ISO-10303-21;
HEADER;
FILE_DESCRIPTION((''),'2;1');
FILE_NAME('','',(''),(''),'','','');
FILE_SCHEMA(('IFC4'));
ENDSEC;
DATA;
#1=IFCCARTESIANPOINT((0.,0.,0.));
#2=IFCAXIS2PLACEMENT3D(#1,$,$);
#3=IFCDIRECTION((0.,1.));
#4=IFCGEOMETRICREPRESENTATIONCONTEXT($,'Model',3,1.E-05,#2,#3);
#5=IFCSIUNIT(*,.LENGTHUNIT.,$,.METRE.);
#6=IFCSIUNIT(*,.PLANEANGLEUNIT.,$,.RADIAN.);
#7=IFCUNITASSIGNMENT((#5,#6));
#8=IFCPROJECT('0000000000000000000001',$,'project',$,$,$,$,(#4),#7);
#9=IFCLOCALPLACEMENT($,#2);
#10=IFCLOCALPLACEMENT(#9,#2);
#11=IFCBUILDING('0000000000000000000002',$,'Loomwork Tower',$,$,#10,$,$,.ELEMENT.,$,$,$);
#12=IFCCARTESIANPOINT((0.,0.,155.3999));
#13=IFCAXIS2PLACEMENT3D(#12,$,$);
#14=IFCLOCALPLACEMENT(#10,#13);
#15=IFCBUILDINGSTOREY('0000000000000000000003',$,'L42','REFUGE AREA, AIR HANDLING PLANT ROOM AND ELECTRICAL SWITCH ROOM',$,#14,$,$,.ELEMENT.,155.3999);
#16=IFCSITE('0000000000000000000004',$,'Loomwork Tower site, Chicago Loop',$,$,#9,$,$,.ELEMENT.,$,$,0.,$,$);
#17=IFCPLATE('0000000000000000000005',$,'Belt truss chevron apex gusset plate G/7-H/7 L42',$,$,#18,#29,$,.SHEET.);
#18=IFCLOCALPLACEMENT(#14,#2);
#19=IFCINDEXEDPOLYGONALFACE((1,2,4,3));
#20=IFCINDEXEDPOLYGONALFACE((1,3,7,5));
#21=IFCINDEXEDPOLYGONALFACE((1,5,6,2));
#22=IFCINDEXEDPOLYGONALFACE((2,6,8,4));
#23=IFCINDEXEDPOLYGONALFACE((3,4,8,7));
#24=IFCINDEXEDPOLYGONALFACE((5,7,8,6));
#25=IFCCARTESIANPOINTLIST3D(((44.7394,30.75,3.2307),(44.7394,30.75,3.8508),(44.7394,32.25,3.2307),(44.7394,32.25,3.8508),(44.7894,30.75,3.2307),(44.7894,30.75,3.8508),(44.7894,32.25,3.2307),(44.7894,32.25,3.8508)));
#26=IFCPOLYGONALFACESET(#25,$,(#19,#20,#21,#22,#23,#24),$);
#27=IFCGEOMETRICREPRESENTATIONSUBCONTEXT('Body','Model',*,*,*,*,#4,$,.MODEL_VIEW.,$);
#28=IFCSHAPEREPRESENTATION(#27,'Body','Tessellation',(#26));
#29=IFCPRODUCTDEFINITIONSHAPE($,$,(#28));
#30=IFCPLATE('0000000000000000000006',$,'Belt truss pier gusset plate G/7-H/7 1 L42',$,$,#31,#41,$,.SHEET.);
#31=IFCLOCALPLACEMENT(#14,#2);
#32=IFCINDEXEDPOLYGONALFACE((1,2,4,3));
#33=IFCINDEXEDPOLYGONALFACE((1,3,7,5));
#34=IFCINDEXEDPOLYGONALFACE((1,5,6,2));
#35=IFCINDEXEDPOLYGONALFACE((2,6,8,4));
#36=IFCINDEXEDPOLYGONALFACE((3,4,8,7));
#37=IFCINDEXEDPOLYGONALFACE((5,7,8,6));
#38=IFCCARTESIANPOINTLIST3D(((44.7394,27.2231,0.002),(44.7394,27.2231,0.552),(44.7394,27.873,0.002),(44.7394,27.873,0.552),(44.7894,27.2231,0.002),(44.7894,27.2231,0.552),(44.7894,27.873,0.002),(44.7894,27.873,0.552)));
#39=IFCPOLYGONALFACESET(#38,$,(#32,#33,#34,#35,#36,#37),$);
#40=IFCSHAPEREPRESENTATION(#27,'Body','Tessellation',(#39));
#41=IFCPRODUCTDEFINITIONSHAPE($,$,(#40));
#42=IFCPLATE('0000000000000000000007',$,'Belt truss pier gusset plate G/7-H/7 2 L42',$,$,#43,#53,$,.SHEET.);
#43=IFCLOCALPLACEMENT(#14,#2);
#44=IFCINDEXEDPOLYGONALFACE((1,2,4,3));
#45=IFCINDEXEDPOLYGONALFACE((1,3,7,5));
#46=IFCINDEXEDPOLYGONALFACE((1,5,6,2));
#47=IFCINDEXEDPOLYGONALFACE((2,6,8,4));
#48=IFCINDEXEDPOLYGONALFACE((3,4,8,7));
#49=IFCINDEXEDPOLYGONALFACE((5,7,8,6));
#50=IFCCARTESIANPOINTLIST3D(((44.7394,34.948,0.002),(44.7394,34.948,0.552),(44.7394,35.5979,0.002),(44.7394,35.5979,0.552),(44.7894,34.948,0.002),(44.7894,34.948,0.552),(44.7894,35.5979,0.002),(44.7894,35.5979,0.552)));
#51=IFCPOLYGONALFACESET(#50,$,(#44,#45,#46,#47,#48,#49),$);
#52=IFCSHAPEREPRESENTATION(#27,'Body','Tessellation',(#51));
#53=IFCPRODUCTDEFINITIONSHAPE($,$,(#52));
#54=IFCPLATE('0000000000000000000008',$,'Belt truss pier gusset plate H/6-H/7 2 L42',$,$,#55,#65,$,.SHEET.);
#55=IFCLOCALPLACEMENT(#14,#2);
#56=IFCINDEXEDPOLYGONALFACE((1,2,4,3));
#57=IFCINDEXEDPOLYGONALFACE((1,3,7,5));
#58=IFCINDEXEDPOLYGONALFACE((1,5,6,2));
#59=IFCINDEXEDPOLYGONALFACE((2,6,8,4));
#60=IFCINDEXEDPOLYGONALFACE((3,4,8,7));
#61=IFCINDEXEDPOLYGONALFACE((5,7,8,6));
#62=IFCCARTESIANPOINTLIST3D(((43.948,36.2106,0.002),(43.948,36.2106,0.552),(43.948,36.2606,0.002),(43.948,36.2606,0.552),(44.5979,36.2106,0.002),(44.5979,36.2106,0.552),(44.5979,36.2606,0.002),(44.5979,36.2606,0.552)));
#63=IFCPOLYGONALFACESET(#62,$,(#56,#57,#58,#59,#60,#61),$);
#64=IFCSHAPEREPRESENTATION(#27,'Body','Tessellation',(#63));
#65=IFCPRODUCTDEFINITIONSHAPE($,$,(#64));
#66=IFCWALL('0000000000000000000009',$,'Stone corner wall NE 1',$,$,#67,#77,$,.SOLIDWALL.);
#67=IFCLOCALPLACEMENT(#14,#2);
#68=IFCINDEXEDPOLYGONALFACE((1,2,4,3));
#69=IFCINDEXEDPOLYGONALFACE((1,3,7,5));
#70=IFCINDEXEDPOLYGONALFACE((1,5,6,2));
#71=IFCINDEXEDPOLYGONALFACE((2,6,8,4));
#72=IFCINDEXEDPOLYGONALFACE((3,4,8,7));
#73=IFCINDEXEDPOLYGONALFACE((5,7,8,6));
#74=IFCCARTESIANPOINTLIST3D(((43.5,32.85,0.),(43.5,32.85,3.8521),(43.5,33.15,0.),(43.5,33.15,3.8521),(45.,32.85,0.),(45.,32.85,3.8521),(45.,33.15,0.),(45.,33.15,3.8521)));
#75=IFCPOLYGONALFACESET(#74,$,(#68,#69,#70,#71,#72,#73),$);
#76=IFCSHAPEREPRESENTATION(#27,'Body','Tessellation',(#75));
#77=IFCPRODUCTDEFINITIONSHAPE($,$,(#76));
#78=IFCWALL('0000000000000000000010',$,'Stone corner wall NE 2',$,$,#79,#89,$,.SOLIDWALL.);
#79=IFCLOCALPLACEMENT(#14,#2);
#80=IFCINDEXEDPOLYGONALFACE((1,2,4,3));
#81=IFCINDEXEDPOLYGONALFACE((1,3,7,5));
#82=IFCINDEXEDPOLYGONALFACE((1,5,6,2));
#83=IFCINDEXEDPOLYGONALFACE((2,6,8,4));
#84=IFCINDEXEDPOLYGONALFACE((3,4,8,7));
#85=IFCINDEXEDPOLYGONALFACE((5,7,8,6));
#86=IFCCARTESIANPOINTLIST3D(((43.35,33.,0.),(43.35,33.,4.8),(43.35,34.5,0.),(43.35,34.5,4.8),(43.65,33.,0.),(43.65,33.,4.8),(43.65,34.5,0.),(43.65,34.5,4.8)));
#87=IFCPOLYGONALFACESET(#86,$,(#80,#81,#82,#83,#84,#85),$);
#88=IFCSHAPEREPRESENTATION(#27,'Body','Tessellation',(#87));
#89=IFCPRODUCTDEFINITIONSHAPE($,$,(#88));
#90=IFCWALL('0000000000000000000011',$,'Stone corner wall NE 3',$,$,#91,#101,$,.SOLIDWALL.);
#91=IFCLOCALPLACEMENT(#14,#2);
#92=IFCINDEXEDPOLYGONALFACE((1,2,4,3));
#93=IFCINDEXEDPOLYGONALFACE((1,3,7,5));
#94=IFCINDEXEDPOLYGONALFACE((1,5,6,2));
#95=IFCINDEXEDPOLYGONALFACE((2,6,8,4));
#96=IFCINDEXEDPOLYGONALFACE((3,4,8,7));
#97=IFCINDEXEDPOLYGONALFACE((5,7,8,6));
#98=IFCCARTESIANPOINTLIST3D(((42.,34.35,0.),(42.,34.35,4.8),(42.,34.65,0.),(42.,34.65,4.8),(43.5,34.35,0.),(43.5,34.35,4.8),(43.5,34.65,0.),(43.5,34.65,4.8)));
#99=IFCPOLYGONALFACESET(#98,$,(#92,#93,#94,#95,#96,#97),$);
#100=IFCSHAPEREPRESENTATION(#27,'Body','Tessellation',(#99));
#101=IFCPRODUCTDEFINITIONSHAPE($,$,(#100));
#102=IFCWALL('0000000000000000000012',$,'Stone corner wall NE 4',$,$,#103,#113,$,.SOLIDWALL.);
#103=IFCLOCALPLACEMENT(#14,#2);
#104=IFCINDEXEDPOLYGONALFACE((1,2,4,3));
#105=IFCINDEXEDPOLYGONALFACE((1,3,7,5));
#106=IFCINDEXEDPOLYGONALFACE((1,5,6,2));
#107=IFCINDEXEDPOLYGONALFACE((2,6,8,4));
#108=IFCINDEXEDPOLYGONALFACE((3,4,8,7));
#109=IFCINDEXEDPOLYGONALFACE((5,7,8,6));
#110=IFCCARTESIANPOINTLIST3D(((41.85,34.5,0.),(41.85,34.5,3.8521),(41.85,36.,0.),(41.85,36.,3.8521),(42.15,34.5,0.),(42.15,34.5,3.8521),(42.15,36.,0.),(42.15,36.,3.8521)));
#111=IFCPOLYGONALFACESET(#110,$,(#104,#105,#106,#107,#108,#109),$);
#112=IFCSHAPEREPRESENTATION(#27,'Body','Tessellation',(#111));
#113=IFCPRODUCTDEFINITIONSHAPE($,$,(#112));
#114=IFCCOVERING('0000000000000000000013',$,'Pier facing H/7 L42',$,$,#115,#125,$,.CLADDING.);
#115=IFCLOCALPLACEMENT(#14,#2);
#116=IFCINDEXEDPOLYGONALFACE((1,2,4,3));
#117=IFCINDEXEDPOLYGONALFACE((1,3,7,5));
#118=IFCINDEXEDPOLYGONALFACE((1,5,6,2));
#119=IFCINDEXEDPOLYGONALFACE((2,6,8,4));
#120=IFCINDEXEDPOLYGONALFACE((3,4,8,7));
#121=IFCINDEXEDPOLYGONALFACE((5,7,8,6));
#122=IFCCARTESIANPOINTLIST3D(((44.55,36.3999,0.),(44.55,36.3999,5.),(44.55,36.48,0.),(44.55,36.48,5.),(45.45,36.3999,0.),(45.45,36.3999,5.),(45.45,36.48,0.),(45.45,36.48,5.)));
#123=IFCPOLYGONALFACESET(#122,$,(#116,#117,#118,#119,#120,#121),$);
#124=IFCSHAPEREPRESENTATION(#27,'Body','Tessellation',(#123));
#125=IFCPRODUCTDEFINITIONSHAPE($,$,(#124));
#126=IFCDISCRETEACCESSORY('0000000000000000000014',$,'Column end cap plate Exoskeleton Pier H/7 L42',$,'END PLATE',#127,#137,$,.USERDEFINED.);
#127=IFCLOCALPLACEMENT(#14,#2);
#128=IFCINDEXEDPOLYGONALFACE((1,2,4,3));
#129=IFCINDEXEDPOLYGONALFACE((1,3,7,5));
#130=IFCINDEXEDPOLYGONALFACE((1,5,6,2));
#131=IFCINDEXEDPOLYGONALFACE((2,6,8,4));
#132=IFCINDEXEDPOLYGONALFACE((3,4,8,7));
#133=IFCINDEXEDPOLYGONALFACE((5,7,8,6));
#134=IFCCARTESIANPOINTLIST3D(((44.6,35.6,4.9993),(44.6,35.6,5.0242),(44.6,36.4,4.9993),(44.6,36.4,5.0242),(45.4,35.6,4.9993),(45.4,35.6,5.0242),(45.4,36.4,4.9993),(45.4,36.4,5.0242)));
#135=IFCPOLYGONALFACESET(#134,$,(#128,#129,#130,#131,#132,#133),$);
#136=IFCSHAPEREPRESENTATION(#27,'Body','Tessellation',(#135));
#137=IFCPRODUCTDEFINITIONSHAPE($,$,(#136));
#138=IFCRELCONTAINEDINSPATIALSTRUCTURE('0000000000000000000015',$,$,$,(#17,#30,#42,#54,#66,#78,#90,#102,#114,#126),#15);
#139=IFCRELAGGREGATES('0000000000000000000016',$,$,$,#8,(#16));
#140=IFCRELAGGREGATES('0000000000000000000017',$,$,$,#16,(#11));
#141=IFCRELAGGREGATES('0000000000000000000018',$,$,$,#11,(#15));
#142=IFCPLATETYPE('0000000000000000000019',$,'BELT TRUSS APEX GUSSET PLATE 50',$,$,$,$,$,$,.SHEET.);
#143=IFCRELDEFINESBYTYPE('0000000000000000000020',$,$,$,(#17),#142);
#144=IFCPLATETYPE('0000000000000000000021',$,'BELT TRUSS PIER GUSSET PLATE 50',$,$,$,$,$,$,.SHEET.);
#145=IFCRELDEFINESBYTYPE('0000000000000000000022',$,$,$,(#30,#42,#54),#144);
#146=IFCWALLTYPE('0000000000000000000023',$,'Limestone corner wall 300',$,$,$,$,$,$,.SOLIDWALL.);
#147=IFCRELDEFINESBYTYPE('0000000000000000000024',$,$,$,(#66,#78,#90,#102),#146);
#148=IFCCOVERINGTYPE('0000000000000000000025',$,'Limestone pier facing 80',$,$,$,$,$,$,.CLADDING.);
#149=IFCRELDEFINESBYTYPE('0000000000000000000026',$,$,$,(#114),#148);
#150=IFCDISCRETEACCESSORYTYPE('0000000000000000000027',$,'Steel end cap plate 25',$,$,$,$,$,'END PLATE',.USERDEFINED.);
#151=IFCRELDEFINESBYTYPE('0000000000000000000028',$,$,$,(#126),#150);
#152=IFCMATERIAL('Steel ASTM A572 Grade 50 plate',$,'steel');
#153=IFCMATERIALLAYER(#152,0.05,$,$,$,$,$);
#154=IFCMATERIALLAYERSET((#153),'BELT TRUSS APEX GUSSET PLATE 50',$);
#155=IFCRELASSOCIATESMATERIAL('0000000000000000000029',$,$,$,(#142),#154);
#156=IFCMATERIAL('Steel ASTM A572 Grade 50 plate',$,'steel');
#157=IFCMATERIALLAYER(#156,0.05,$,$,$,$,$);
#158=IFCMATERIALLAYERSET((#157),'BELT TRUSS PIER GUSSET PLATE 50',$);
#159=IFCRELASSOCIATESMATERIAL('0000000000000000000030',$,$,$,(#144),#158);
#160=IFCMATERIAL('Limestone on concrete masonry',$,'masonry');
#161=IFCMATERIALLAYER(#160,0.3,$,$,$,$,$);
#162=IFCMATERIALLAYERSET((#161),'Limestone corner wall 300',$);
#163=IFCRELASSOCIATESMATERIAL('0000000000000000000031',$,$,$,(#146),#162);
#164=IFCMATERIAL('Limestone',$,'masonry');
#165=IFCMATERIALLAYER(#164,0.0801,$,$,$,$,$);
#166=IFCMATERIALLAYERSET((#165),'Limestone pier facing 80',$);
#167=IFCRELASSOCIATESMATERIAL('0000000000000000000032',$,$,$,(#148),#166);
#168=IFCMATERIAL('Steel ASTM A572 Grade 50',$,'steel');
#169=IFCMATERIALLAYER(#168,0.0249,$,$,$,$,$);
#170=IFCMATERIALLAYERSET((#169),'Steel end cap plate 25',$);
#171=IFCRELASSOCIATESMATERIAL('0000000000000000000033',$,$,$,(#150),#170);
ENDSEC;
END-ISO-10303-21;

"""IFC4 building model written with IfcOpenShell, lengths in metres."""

from ifc_helpers import new_model, si_unit, direction, frame, frame_2d, origin, origin_2d, place, context, subcontext, project, spatial, rectangle, extrude, material, layer, layer_set, type_object, element, save


model = new_model("IFC4")

# Units and contexts
model_context = context("Model", 3, precision=1e-05, world=origin(), true_north=direction((0.0, 1.0)))
body_context = subcontext(model_context, "Body", "Model", "MODEL_VIEW")
ifc_project = project(units=[si_unit("LENGTHUNIT", "METRE"), si_unit("PLANEANGLEUNIT", "RADIAN")], contexts=[model_context])

# Site, building, storey
site_placement = place(None, origin())
site = spatial("IfcSite", under=ifc_project, at=site_placement, Name="Loomwork Tower site, Chicago Loop", CompositionType="ELEMENT", RefElevation=0.0)
building_placement = place(site_placement, origin())
building = spatial("IfcBuilding", under=site, at=building_placement, Name="Loomwork Tower", CompositionType="ELEMENT")
storey_placement = place(building_placement, frame((0.0, 0.0, 155.3999)))
storey = spatial("IfcBuildingStorey", under=building, at=storey_placement, Name="L42", Description="REFUGE AREA, AIR HANDLING PLANT ROOM AND ELECTRICAL SWITCH ROOM", CompositionType="ELEMENT", Elevation=155.3999)

# Plates
ifc_material_1 = material(Name="Steel ASTM A572 Grade 50 plate", Category="steel")
ifc_layer_1 = layer(ifc_material_1, 0.05)
ifc_layer_set_1 = layer_set([ifc_layer_1], Name="BELT TRUSS APEX GUSSET PLATE 50")
plate_type_1 = type_object("IfcPlateType", Name="BELT TRUSS APEX GUSSET PLATE 50", PredefinedType="SHEET", material=ifc_layer_set_1)
plate_1_placement = place(storey_placement, frame((44.7644, 31.5, 3.2307), z_axis=(0.0, 0.0, 1.0), x_axis=(0.0, 1.0, 0.0)))
element("IfcPlate", 1, at=plate_1_placement, inside=storey, type_object=plate_type_1, Name="Belt truss chevron apex gusset plate G/7-H/7 L42", PredefinedType="SHEET", context=body_context, shape_type="SweptSolid", body=[
    extrude(rectangle(XDim=1.5, YDim=0.05, at=origin_2d()), origin(), (0.0, 0.0, 1.0), 0.6201),
])
ifc_material_2 = material(Name="Steel ASTM A572 Grade 50 plate", Category="steel")
ifc_layer_2 = layer(ifc_material_2, 0.05)
ifc_layer_set_2 = layer_set([ifc_layer_2], Name="BELT TRUSS PIER GUSSET PLATE 50")
plate_type_2 = type_object("IfcPlateType", Name="BELT TRUSS PIER GUSSET PLATE 50", PredefinedType="SHEET", material=ifc_layer_set_2)
for number, where, z_axis, x_axis, name in (
    (2, (44.7644, 27.5481, 0.002), (0.0, 0.0, 1.0), (0.0, 1.0, 0.0), "Belt truss pier gusset plate G/7-H/7 1 L42"),
    (3, (44.7644, 35.2729, 0.002), (0.0, 0.0, 1.0), (0.0, 1.0, 0.0), "Belt truss pier gusset plate G/7-H/7 2 L42"),
    (4, (44.2729, 36.2356, 0.002), (0.0, 0.0, 1.0), (1.0, 0.0, 0.0), "Belt truss pier gusset plate H/6-H/7 2 L42"),
):
    element("IfcPlate", number, at=place(storey_placement, frame(where, z_axis=z_axis, x_axis=x_axis)), inside=storey, type_object=plate_type_2, Name=name, PredefinedType="SHEET", context=body_context, shape_type="SweptSolid", body=[
        extrude(rectangle(XDim=0.6499, YDim=0.05, at=origin_2d()), origin(), (0.0, 0.0, 1.0), 0.55),
    ])

# Walls
ifc_material_3 = material(Name="Limestone on concrete masonry", Category="masonry")
ifc_layer_3 = layer(ifc_material_3, 0.3)
ifc_layer_set_3 = layer_set([ifc_layer_3], Name="Limestone corner wall 300")
wall_type = type_object("IfcWallType", Name="Limestone corner wall 300", PredefinedType="SOLIDWALL", material=ifc_layer_set_3)
wall_1_placement = place(storey_placement, frame((45.0, 33.0, 0.0), z_axis=(0.0, 0.0, 1.0), x_axis=(-1.0, 0.0, 0.0)))
element("IfcWall", 5, at=wall_1_placement, inside=storey, type_object=wall_type, Name="Stone corner wall NE 1", PredefinedType="SOLIDWALL", context=body_context, shape_type="SweptSolid", body=[
    extrude(rectangle(XDim=1.5, YDim=0.3, at=frame_2d((0.75, 0.0))), origin(), (0.0, 0.0, 1.0), 3.8521),
])
for number, where, z_axis, x_axis, name in (
    (6, (43.5, 33.0, 0.0), (0.0, 0.0, 1.0), (0.0, 1.0, 0.0), "Stone corner wall NE 2"),
    (7, (43.5, 34.5, 0.0), (0.0, 0.0, 1.0), (-1.0, 0.0, 0.0), "Stone corner wall NE 3"),
):
    element("IfcWall", number, at=place(storey_placement, frame(where, z_axis=z_axis, x_axis=x_axis)), inside=storey, type_object=wall_type, Name=name, PredefinedType="SOLIDWALL", context=body_context, shape_type="SweptSolid", body=[
        extrude(rectangle(XDim=1.5, YDim=0.3, at=frame_2d((0.75, 0.0))), origin(), (0.0, 0.0, 1.0), 4.8),
    ])
wall_2_placement = place(storey_placement, frame((42.0, 34.5, 0.0), z_axis=(0.0, 0.0, 1.0), x_axis=(0.0, 1.0, 0.0)))
element("IfcWall", 8, at=wall_2_placement, inside=storey, type_object=wall_type, Name="Stone corner wall NE 4", PredefinedType="SOLIDWALL", context=body_context, shape_type="SweptSolid", body=[
    extrude(rectangle(XDim=1.5, YDim=0.3, at=frame_2d((0.75, 0.0))), origin(), (0.0, 0.0, 1.0), 3.8521),
])

# Covering
ifc_material_4 = material(Name="Limestone", Category="masonry")
ifc_layer_4 = layer(ifc_material_4, 0.0801)
ifc_layer_set_4 = layer_set([ifc_layer_4], Name="Limestone pier facing 80")
covering_type = type_object("IfcCoveringType", Name="Limestone pier facing 80", PredefinedType="CLADDING", material=ifc_layer_set_4)
covering_placement = place(storey_placement, frame((45.0, 36.4399, 0.0), z_axis=(0.0, 0.0, 1.0), x_axis=(1.0, 0.0, 0.0)))
element("IfcCovering", 9, at=covering_placement, inside=storey, type_object=covering_type, Name="Pier facing H/7 L42", PredefinedType="CLADDING", context=body_context, shape_type="SweptSolid", body=[
    extrude(rectangle(XDim=0.8999, YDim=0.0801, at=origin_2d()), origin(), (0.0, 0.0, 1.0), 5.0),
])

# Discrete accessory
ifc_material_5 = material(Name="Steel ASTM A572 Grade 50", Category="steel")
ifc_layer_5 = layer(ifc_material_5, 0.0249)
ifc_layer_set_5 = layer_set([ifc_layer_5], Name="Steel end cap plate 25")
discrete_accessory_type = type_object("IfcDiscreteAccessoryType", Name="Steel end cap plate 25", ElementType="END PLATE", PredefinedType="USERDEFINED", material=ifc_layer_set_5)
discrete_accessory_placement = place(storey_placement, frame((45.0, 36.0, 4.9993), z_axis=(0.0, 0.0, 1.0), x_axis=(1.0, 0.0, 0.0)))
element("IfcDiscreteAccessory", 10, at=discrete_accessory_placement, inside=storey, type_object=discrete_accessory_type, Name="Column end cap plate Exoskeleton Pier H/7 L42", ObjectType="END PLATE", PredefinedType="USERDEFINED", context=body_context, shape_type="SweptSolid", body=[
    extrude(rectangle(XDim=0.8, YDim=0.8, at=origin_2d()), origin(), (0.0, 0.0, 1.0), 0.0249),
])

save(model, "model.ifc")
